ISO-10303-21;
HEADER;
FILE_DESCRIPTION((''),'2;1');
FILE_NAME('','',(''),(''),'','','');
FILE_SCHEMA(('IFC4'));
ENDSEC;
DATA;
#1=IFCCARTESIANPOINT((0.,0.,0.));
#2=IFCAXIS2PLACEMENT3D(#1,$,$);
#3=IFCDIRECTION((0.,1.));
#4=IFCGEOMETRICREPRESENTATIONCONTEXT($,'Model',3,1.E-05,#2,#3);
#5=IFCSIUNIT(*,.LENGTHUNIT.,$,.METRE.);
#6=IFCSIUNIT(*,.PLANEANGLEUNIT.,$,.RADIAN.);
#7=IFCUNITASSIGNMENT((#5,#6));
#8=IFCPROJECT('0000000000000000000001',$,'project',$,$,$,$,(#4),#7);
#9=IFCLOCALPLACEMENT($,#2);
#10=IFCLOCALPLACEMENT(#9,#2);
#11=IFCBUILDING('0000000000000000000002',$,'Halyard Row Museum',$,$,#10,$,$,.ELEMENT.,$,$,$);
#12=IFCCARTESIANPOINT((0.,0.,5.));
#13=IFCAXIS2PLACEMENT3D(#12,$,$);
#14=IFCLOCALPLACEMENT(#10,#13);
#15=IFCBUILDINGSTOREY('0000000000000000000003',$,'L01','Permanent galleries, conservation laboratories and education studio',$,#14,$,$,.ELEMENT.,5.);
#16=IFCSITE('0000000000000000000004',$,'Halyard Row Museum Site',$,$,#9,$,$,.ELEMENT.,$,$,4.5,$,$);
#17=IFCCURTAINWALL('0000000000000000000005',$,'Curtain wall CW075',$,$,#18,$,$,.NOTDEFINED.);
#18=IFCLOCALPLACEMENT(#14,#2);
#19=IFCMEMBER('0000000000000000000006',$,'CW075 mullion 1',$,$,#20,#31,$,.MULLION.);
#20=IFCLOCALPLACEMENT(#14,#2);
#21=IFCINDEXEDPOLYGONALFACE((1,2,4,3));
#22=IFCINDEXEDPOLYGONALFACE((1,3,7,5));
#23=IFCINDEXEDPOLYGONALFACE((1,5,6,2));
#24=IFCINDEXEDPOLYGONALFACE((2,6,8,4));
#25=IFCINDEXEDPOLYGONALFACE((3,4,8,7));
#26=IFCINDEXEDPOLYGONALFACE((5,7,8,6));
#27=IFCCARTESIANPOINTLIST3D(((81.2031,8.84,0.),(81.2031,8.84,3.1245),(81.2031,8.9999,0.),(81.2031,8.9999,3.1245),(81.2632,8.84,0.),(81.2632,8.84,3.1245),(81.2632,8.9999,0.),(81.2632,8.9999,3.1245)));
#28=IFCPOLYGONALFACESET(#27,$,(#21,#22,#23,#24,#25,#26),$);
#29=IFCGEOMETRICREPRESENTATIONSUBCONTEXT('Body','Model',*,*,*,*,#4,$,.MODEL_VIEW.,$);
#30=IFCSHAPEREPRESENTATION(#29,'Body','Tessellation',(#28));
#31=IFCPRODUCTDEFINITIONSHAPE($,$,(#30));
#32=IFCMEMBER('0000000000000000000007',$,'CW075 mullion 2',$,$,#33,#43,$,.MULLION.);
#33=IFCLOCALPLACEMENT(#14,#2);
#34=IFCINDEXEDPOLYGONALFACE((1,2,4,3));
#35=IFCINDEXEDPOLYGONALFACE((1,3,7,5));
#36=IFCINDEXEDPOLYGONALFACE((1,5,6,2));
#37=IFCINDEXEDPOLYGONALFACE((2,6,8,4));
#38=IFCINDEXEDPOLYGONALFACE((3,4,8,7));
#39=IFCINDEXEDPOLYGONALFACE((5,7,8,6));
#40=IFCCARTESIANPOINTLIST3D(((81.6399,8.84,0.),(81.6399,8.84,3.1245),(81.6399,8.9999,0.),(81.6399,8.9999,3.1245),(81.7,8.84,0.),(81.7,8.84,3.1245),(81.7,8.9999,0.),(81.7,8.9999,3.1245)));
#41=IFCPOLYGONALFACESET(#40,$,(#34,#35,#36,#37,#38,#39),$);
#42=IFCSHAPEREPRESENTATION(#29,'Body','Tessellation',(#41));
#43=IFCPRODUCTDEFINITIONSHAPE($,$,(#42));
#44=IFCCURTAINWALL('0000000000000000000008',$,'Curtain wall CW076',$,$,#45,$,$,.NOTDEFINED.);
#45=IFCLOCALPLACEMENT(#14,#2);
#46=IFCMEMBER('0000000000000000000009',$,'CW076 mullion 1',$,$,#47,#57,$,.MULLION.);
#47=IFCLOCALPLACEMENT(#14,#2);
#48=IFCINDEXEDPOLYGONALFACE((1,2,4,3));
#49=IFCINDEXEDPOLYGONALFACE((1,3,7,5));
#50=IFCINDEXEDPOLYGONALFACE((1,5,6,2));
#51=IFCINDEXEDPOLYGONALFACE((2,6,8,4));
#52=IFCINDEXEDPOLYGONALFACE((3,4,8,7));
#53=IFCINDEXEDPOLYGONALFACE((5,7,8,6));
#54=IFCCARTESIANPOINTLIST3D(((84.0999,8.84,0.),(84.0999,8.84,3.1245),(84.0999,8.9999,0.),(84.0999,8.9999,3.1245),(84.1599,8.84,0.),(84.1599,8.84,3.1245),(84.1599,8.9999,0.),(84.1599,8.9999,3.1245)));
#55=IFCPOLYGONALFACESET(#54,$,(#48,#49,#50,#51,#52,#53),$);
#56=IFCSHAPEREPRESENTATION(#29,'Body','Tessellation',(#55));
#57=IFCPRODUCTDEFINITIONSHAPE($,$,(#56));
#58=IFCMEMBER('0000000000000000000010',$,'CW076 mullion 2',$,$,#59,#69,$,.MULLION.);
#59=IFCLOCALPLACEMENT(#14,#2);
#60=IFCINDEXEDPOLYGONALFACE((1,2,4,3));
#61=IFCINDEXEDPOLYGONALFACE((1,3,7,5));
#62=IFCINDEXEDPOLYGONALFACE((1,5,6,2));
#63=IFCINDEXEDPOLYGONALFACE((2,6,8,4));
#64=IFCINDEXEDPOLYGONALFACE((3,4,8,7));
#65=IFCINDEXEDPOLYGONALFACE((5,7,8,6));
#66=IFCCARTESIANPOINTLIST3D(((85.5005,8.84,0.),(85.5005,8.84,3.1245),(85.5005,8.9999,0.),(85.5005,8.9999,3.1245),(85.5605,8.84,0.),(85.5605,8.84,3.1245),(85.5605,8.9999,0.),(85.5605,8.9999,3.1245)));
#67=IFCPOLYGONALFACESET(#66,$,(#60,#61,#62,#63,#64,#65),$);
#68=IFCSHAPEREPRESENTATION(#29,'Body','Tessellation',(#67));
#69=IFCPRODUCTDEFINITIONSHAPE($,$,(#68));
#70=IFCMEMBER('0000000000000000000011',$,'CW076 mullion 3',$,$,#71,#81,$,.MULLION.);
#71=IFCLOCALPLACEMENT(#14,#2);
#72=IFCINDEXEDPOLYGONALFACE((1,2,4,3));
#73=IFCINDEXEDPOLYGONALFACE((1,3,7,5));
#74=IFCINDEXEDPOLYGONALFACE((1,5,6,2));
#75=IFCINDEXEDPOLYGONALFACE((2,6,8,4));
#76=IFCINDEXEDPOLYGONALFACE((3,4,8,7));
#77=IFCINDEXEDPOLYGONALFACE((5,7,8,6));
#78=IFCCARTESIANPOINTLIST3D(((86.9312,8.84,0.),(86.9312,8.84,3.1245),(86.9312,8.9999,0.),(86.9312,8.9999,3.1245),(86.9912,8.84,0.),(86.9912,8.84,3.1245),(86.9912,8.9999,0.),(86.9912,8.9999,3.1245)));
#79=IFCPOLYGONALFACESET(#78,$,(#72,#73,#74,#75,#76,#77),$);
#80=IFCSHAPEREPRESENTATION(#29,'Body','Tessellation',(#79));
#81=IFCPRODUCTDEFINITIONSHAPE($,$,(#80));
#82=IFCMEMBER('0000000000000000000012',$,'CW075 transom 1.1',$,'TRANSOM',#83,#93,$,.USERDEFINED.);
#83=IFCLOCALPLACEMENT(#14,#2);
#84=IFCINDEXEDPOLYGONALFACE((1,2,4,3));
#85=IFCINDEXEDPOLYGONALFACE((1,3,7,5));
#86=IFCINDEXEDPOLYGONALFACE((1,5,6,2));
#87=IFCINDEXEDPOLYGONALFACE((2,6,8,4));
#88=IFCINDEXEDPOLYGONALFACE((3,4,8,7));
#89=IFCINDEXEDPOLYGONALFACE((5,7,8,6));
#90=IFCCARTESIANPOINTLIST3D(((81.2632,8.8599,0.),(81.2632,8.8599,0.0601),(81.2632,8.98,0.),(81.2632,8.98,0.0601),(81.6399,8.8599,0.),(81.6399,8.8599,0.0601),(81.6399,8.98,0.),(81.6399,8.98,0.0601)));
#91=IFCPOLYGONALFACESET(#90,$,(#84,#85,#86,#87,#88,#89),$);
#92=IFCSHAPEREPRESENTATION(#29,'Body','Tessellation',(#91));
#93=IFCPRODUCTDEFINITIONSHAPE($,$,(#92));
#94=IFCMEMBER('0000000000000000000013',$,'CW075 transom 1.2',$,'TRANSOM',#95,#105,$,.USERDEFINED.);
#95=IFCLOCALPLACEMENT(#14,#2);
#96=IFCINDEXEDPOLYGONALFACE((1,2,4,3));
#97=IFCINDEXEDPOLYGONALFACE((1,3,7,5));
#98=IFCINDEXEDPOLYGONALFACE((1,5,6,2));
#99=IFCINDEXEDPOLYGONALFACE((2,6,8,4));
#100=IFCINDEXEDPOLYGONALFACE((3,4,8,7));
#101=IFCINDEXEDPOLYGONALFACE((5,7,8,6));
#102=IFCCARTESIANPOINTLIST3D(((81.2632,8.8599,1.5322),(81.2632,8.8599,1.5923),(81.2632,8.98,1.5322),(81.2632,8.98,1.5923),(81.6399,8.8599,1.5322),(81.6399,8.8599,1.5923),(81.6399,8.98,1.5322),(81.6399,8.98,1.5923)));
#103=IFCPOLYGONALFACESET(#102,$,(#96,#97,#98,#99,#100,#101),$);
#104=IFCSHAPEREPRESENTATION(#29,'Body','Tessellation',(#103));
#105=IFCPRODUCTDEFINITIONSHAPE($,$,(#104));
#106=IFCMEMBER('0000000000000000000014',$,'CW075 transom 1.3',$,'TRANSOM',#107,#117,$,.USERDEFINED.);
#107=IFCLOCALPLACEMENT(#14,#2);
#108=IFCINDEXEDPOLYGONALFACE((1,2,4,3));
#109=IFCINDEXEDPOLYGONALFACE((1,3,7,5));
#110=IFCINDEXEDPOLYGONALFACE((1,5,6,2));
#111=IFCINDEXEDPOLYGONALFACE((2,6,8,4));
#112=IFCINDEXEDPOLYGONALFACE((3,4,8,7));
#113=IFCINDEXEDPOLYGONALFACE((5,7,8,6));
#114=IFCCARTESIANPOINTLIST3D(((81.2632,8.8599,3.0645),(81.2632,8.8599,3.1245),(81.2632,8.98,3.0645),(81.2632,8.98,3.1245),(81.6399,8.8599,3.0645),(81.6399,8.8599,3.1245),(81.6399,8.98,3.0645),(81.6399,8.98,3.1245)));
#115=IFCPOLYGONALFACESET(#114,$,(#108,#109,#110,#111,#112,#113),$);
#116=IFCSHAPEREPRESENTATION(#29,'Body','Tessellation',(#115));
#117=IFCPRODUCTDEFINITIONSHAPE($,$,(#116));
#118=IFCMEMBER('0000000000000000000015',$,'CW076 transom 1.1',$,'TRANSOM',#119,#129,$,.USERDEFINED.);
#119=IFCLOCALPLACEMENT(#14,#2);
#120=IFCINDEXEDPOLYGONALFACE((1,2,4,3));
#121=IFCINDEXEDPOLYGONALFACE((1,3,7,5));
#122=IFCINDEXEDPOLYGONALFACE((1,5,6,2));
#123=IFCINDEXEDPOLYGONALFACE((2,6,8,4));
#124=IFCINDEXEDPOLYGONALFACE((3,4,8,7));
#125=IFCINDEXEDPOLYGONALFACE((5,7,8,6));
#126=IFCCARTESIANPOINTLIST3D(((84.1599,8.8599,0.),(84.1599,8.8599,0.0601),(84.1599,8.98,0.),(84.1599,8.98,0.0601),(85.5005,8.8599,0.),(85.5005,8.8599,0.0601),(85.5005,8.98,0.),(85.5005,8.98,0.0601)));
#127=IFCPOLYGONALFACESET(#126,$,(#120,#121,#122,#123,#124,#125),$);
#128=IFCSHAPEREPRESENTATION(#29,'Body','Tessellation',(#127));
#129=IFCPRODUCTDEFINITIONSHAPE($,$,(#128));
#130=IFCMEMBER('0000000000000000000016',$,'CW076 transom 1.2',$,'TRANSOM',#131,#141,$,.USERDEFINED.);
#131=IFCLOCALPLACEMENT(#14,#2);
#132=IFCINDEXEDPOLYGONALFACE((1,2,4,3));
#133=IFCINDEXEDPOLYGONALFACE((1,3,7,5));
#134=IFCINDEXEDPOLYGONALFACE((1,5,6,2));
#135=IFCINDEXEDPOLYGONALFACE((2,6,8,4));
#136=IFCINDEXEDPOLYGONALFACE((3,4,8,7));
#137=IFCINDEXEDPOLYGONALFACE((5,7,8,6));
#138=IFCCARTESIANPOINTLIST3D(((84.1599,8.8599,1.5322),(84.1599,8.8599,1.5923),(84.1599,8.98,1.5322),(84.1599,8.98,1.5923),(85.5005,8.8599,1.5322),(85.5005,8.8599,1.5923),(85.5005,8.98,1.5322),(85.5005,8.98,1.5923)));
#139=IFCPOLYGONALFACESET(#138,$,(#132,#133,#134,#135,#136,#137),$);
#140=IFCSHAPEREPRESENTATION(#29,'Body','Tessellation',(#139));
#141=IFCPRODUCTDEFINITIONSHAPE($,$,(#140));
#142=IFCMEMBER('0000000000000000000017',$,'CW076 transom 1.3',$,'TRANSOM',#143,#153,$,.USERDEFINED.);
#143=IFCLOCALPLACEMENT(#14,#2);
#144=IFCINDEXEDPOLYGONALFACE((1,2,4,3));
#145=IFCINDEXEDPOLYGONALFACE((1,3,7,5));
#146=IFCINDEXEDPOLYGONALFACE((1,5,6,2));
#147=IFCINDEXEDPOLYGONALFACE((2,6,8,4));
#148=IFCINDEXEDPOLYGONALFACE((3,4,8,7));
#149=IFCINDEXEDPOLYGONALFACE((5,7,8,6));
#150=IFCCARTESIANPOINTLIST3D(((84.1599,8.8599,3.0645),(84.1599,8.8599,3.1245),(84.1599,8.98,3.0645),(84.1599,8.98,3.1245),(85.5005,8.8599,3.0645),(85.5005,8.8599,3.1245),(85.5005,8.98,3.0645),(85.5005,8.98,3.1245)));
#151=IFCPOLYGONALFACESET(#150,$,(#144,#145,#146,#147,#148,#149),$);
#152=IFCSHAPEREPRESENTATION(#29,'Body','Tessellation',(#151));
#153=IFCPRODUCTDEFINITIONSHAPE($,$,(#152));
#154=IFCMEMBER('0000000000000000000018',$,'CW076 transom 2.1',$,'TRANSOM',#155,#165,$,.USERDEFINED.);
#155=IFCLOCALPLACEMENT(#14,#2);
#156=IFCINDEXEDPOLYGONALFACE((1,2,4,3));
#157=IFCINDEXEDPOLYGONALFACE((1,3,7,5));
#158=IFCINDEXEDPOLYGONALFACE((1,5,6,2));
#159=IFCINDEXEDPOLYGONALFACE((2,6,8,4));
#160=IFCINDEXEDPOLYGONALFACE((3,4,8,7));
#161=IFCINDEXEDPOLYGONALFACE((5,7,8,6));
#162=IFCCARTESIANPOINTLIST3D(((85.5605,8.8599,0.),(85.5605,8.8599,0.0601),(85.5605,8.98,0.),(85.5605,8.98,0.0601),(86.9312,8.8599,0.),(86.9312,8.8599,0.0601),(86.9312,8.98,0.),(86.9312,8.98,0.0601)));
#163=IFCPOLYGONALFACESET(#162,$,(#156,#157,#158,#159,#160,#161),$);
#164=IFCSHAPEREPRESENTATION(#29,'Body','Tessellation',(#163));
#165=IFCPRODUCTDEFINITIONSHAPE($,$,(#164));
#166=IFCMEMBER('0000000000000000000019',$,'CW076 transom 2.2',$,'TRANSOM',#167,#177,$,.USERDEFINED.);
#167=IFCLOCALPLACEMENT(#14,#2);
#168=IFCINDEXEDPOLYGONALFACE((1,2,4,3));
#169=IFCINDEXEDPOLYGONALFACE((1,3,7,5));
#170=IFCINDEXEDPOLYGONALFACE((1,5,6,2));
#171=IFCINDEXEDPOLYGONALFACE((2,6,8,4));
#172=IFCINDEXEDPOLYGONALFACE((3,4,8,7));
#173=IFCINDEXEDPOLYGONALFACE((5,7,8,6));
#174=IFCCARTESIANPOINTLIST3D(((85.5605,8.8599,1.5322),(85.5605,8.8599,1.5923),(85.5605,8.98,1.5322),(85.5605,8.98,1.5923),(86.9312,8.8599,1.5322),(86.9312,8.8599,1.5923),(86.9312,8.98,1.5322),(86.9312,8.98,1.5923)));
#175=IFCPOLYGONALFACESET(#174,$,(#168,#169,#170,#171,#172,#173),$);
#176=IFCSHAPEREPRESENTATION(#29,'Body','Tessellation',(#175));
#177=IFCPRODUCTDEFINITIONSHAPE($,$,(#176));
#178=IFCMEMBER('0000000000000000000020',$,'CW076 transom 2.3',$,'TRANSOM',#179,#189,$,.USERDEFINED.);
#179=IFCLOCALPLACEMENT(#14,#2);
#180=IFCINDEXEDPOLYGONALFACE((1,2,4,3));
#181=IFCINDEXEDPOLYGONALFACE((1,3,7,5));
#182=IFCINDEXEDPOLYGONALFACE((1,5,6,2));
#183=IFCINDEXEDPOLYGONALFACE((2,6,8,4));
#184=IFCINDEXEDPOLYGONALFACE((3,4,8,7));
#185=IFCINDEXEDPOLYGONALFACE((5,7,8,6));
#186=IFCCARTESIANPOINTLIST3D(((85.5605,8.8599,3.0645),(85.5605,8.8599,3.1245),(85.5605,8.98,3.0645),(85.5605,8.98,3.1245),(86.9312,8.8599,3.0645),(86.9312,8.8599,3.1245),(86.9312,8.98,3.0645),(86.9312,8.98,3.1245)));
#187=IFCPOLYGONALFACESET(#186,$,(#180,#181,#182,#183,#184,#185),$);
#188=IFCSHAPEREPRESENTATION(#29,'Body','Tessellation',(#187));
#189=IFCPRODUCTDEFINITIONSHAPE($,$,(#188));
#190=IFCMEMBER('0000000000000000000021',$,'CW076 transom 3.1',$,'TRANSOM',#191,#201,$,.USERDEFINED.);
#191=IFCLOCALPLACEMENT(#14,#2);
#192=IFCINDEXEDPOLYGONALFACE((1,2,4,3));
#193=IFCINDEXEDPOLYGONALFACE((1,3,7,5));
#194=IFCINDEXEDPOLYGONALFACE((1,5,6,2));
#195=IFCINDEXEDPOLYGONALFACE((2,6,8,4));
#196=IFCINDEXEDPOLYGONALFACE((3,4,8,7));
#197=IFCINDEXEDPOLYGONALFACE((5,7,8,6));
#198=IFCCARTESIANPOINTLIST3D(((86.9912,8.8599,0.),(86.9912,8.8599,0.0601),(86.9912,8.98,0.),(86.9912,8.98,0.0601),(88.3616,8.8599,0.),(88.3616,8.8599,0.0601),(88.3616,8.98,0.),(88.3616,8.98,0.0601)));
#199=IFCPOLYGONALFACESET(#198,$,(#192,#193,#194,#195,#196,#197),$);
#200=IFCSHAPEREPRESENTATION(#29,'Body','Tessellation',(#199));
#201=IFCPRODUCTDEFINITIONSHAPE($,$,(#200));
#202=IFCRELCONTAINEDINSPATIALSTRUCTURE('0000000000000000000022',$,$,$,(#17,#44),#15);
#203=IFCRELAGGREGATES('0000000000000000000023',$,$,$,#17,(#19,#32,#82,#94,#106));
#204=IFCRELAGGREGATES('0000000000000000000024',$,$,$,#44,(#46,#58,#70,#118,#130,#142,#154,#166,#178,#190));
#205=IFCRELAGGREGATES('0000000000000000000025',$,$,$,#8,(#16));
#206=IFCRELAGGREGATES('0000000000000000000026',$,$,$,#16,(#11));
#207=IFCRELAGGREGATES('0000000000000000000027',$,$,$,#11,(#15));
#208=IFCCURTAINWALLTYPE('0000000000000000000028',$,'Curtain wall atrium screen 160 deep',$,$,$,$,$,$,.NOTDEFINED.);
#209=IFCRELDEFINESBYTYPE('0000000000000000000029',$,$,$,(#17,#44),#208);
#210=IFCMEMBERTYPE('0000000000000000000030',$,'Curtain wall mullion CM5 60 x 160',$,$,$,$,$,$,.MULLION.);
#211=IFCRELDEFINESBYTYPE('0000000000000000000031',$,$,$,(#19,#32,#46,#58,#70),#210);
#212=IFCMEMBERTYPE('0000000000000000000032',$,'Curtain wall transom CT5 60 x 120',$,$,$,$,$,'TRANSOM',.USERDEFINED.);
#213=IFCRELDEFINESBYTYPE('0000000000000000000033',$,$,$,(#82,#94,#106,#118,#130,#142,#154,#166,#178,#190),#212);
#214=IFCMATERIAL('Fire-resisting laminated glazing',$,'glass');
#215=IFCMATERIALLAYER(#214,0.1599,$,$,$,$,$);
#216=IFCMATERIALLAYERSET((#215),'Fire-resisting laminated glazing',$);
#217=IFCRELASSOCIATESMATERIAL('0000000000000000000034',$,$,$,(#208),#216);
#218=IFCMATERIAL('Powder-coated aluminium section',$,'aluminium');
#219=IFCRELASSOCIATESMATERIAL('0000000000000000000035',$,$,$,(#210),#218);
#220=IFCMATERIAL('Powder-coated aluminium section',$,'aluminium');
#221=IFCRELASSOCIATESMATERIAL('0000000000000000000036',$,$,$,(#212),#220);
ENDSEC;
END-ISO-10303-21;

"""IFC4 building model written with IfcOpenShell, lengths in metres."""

from ifc_helpers import new_model, si_unit, direction, frame, origin, origin_2d, place, context, subcontext, project, spatial, rectangle, extrude, material, layer, layer_set, material_profile, profile_set, type_object, element, aggregate, save


model = new_model("IFC4")

# Units and contexts
model_context = context("Model", 3, precision=1e-05, world=origin(), true_north=direction((0.0, 1.0)))
body_context = subcontext(model_context, "Body", "Model", "MODEL_VIEW")
ifc_project = project(units=[si_unit("LENGTHUNIT", "METRE"), si_unit("PLANEANGLEUNIT", "RADIAN")], contexts=[model_context])

# Site, building, storey
site_placement = place(None, origin())
site = spatial("IfcSite", under=ifc_project, at=site_placement, Name="Halyard Row Museum Site", CompositionType="ELEMENT", RefElevation=4.5)
building_placement = place(site_placement, origin())
building = spatial("IfcBuilding", under=site, at=building_placement, Name="Halyard Row Museum", CompositionType="ELEMENT")
storey_placement = place(building_placement, frame((0.0, 0.0, 5.0)))
storey = spatial("IfcBuildingStorey", under=building, at=storey_placement, Name="L01", Description="Permanent galleries, conservation laboratories and education studio", CompositionType="ELEMENT", Elevation=5.0)

# Curtain walls, members
ifc_material_1 = material(Name="Fire-resisting laminated glazing", Category="glass")
ifc_layer_1 = layer(ifc_material_1, 0.1599)
ifc_layer_set_1 = layer_set([ifc_layer_1], Name="Fire-resisting laminated glazing")
curtain_wall_type = type_object("IfcCurtainWallType", Name="Curtain wall atrium screen 160 deep", PredefinedType="NOTDEFINED", material=ifc_layer_set_1)
curtain_wall_1_placement = place(storey_placement, origin())
curtain_wall_1 = element("IfcCurtainWall", 1, at=curtain_wall_1_placement, inside=storey, type_object=curtain_wall_type, Name="Curtain wall CW075", PredefinedType="NOTDEFINED")
ifc_material_2 = material(Name="Powder-coated aluminium section", Category="aluminium")
ifc_material_profile_1 = material_profile(ifc_material_2, rectangle(XDim=0.1599, YDim=0.0601, at=origin_2d()), Name="160x60 mullion")
ifc_profile_set_1 = profile_set([ifc_material_profile_1], Name="Powder-coated aluminium section")
member_type_1 = type_object("IfcMemberType", Name="Curtain wall mullion CM5 60 x 160", PredefinedType="MULLION", material=ifc_profile_set_1)
member_1_placement = place(storey_placement, frame((81.2332, 8.9199, 0.0), z_axis=(0.0, 0.0, 1.0), x_axis=(0.0, 1.0, 0.0)))
member_1 = element("IfcMember", 2, at=member_1_placement, type_object=member_type_1, Name="CW075 mullion 1", PredefinedType="MULLION", context=body_context, shape_type="SweptSolid", body=[
    extrude(rectangle(XDim=0.1599, YDim=0.0601, at=origin_2d()), origin(), (0.0, 0.0, 1.0), 3.1245),
])
member_2_placement = place(storey_placement, frame((81.6699, 8.9199, 0.0), z_axis=(0.0, 0.0, 1.0), x_axis=(0.0, 1.0, 0.0)))
member_2 = element("IfcMember", 3, at=member_2_placement, type_object=member_type_1, Name="CW075 mullion 2", PredefinedType="MULLION", context=body_context, shape_type="SweptSolid", body=[
    extrude(rectangle(XDim=0.1599, YDim=0.0601, at=origin_2d()), origin(), (0.0, 0.0, 1.0), 3.1245),
])
curtain_wall_2_placement = place(storey_placement, origin())
curtain_wall_2 = element("IfcCurtainWall", 4, at=curtain_wall_2_placement, inside=storey, type_object=curtain_wall_type, Name="Curtain wall CW076", PredefinedType="NOTDEFINED")
member_3_placement = place(storey_placement, frame((84.1299, 8.9199, 0.0), z_axis=(0.0, 0.0, 1.0), x_axis=(0.0, 1.0, 0.0)))
member_3 = element("IfcMember", 5, at=member_3_placement, type_object=member_type_1, Name="CW076 mullion 1", PredefinedType="MULLION", context=body_context, shape_type="SweptSolid", body=[
    extrude(rectangle(XDim=0.1599, YDim=0.0601, at=origin_2d()), origin(), (0.0, 0.0, 1.0), 3.1245),
])
member_4_placement = place(storey_placement, frame((85.5305, 8.9199, 0.0), z_axis=(0.0, 0.0, 1.0), x_axis=(0.0, 1.0, 0.0)))
member_4 = element("IfcMember", 6, at=member_4_placement, type_object=member_type_1, Name="CW076 mullion 2", PredefinedType="MULLION", context=body_context, shape_type="SweptSolid", body=[
    extrude(rectangle(XDim=0.1599, YDim=0.0601, at=origin_2d()), origin(), (0.0, 0.0, 1.0), 3.1245),
])
member_5_placement = place(storey_placement, frame((86.9612, 8.9199, 0.0), z_axis=(0.0, 0.0, 1.0), x_axis=(0.0, 1.0, 0.0)))
member_5 = element("IfcMember", 7, at=member_5_placement, type_object=member_type_1, Name="CW076 mullion 3", PredefinedType="MULLION", context=body_context, shape_type="SweptSolid", body=[
    extrude(rectangle(XDim=0.1599, YDim=0.0601, at=origin_2d()), origin(), (0.0, 0.0, 1.0), 3.1245),
])

# Members
ifc_material_3 = material(Name="Powder-coated aluminium section", Category="aluminium")
ifc_material_profile_2 = material_profile(ifc_material_3, rectangle(XDim=0.1201, YDim=0.0601, at=origin_2d()), Name="120x60 transom")
ifc_profile_set_2 = profile_set([ifc_material_profile_2], Name="Powder-coated aluminium section")
member_type_2 = type_object("IfcMemberType", Name="Curtain wall transom CT5 60 x 120", ElementType="TRANSOM", PredefinedType="USERDEFINED", material=ifc_profile_set_2)
member_6_placement = place(storey_placement, frame((81.2632, 8.9199, 0.03), z_axis=(1.0, 0.0, 0.0), x_axis=(0.0, 1.0, 0.0)))
member_6 = element("IfcMember", 8, at=member_6_placement, type_object=member_type_2, Name="CW075 transom 1.1", ObjectType="TRANSOM", PredefinedType="USERDEFINED", context=body_context, shape_type="SweptSolid", body=[
    extrude(rectangle(XDim=0.1201, YDim=0.0601, at=origin_2d()), origin(), (0.0, 0.0, 1.0), 0.3767),
])
member_7_placement = place(storey_placement, frame((81.2632, 8.9199, 1.5623), z_axis=(1.0, 0.0, 0.0), x_axis=(0.0, 1.0, 0.0)))
member_7 = element("IfcMember", 9, at=member_7_placement, type_object=member_type_2, Name="CW075 transom 1.2", ObjectType="TRANSOM", PredefinedType="USERDEFINED", context=body_context, shape_type="SweptSolid", body=[
    extrude(rectangle(XDim=0.1201, YDim=0.0601, at=origin_2d()), origin(), (0.0, 0.0, 1.0), 0.3767),
])
member_8_placement = place(storey_placement, frame((81.2632, 8.9199, 3.0945), z_axis=(1.0, 0.0, 0.0), x_axis=(0.0, 1.0, 0.0)))
member_8 = element("IfcMember", 10, at=member_8_placement, type_object=member_type_2, Name="CW075 transom 1.3", ObjectType="TRANSOM", PredefinedType="USERDEFINED", context=body_context, shape_type="SweptSolid", body=[
    extrude(rectangle(XDim=0.1201, YDim=0.0601, at=origin_2d()), origin(), (0.0, 0.0, 1.0), 0.3767),
])
member_9_placement = place(storey_placement, frame((84.1599, 8.9199, 0.03), z_axis=(1.0, 0.0, 0.0), x_axis=(0.0, 1.0, 0.0)))
member_9 = element("IfcMember", 11, at=member_9_placement, type_object=member_type_2, Name="CW076 transom 1.1", ObjectType="TRANSOM", PredefinedType="USERDEFINED", context=body_context, shape_type="SweptSolid", body=[
    extrude(rectangle(XDim=0.1201, YDim=0.0601, at=origin_2d()), origin(), (0.0, 0.0, 1.0), 1.3406),
])
member_10_placement = place(storey_placement, frame((84.1599, 8.9199, 1.5623), z_axis=(1.0, 0.0, 0.0), x_axis=(0.0, 1.0, 0.0)))
member_10 = element("IfcMember", 12, at=member_10_placement, type_object=member_type_2, Name="CW076 transom 1.2", ObjectType="TRANSOM", PredefinedType="USERDEFINED", context=body_context, shape_type="SweptSolid", body=[
    extrude(rectangle(XDim=0.1201, YDim=0.0601, at=origin_2d()), origin(), (0.0, 0.0, 1.0), 1.3406),
])
member_11_placement = place(storey_placement, frame((84.1599, 8.9199, 3.0945), z_axis=(1.0, 0.0, 0.0), x_axis=(0.0, 1.0, 0.0)))
member_11 = element("IfcMember", 13, at=member_11_placement, type_object=member_type_2, Name="CW076 transom 1.3", ObjectType="TRANSOM", PredefinedType="USERDEFINED", context=body_context, shape_type="SweptSolid", body=[
    extrude(rectangle(XDim=0.1201, YDim=0.0601, at=origin_2d()), origin(), (0.0, 0.0, 1.0), 1.3406),
])
member_12_placement = place(storey_placement, frame((85.5605, 8.9199, 0.03), z_axis=(1.0, 0.0, 0.0), x_axis=(0.0, 1.0, 0.0)))
member_12 = element("IfcMember", 14, at=member_12_placement, type_object=member_type_2, Name="CW076 transom 2.1", ObjectType="TRANSOM", PredefinedType="USERDEFINED", context=body_context, shape_type="SweptSolid", body=[
    extrude(rectangle(XDim=0.1201, YDim=0.0601, at=origin_2d()), origin(), (0.0, 0.0, 1.0), 1.3706),
])
member_13_placement = place(storey_placement, frame((85.5605, 8.9199, 1.5623), z_axis=(1.0, 0.0, 0.0), x_axis=(0.0, 1.0, 0.0)))
member_13 = element("IfcMember", 15, at=member_13_placement, type_object=member_type_2, Name="CW076 transom 2.2", ObjectType="TRANSOM", PredefinedType="USERDEFINED", context=body_context, shape_type="SweptSolid", body=[
    extrude(rectangle(XDim=0.1201, YDim=0.0601, at=origin_2d()), origin(), (0.0, 0.0, 1.0), 1.3706),
])
member_14_placement = place(storey_placement, frame((85.5605, 8.9199, 3.0945), z_axis=(1.0, 0.0, 0.0), x_axis=(0.0, 1.0, 0.0)))
member_14 = element("IfcMember", 16, at=member_14_placement, type_object=member_type_2, Name="CW076 transom 2.3", ObjectType="TRANSOM", PredefinedType="USERDEFINED", context=body_context, shape_type="SweptSolid", body=[
    extrude(rectangle(XDim=0.1201, YDim=0.0601, at=origin_2d()), origin(), (0.0, 0.0, 1.0), 1.3706),
])
member_15_placement = place(storey_placement, frame((86.9912, 8.9199, 0.03), z_axis=(1.0, 0.0, 0.0), x_axis=(0.0, 1.0, 0.0)))
member_15 = element("IfcMember", 17, at=member_15_placement, type_object=member_type_2, Name="CW076 transom 3.1", ObjectType="TRANSOM", PredefinedType="USERDEFINED", context=body_context, shape_type="SweptSolid", body=[
    extrude(rectangle(XDim=0.1201, YDim=0.0601, at=origin_2d()), origin(), (0.0, 0.0, 1.0), 1.3704),
])

aggregate(curtain_wall_1, [member_1, member_2, member_6, member_7, member_8])
aggregate(curtain_wall_2, [member_3, member_4, member_5, member_9, member_10, member_11, member_12, member_13, member_14, member_15])

save(model, "model.ifc")
